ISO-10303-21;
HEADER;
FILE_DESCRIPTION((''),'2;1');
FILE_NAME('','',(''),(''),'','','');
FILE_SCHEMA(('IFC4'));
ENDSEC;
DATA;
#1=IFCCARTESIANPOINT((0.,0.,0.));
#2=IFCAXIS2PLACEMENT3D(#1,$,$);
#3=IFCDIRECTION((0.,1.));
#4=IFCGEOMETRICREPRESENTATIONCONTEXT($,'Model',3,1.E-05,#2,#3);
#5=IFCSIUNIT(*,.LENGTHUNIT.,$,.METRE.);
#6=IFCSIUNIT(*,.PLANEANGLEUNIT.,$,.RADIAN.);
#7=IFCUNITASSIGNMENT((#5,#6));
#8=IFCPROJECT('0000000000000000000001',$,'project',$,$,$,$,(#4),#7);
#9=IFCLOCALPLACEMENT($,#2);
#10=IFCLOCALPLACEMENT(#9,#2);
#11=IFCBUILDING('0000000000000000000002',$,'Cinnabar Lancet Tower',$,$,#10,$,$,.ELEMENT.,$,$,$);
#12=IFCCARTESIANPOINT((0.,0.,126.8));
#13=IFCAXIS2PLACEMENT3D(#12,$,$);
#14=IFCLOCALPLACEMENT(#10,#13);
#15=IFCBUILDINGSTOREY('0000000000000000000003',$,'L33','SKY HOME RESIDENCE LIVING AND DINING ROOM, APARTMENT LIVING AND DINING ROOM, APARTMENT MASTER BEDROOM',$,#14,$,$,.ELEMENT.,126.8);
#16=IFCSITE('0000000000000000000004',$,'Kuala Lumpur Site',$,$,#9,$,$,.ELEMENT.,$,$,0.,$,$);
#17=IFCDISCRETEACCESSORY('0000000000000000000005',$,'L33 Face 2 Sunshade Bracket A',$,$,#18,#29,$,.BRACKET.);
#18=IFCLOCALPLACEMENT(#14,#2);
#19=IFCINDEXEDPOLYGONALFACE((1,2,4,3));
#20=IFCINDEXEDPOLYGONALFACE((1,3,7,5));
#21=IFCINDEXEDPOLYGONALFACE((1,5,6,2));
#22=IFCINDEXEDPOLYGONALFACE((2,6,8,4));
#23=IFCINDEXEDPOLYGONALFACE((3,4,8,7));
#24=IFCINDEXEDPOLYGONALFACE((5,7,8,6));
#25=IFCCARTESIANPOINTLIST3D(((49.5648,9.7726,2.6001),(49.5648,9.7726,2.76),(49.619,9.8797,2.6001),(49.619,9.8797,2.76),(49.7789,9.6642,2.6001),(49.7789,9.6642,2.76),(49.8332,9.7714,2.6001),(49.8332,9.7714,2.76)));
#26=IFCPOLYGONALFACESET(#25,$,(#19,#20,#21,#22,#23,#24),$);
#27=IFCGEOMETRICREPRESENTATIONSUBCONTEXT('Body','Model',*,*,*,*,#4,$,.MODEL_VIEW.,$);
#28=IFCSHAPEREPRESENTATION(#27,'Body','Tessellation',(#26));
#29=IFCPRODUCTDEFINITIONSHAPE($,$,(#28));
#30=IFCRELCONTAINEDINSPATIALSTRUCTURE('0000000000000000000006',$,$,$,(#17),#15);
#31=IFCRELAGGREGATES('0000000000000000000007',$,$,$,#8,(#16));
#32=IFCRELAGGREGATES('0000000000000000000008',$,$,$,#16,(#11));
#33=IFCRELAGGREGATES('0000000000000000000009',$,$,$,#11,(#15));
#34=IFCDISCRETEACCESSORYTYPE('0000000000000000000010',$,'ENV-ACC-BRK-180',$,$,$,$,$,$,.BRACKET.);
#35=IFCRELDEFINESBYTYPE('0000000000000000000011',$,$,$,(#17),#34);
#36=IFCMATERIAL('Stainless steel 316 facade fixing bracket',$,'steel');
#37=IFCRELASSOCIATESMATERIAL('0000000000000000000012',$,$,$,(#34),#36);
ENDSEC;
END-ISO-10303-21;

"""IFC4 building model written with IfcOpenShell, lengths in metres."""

from ifc_helpers import new_model, si_unit, direction, frame, origin, origin_2d, place, context, subcontext, project, spatial, rectangle, extrude, material, type_object, element, save


model = new_model("IFC4")

# Units and contexts
model_context = context("Model", 3, precision=1e-05, world=origin(), true_north=direction((0.0, 1.0)))
body_context = subcontext(model_context, "Body", "Model", "MODEL_VIEW")
ifc_project = project(units=[si_unit("LENGTHUNIT", "METRE"), si_unit("PLANEANGLEUNIT", "RADIAN")], contexts=[model_context])

# Site, building, storey
site_placement = place(None, origin())
site = spatial("IfcSite", under=ifc_project, at=site_placement, Name="Kuala Lumpur Site", CompositionType="ELEMENT", RefElevation=0.0)
building_placement = place(site_placement, origin())
building = spatial("IfcBuilding", under=site, at=building_placement, Name="Cinnabar Lancet Tower", CompositionType="ELEMENT")
storey_placement = place(building_placement, frame((0.0, 0.0, 126.8)))
storey = spatial("IfcBuildingStorey", under=building, at=storey_placement, Name="L33", Description="SKY HOME RESIDENCE LIVING AND DINING ROOM, APARTMENT LIVING AND DINING ROOM, APARTMENT MASTER BEDROOM", CompositionType="ELEMENT", Elevation=126.8)

# Discrete accessory
ifc_material_1 = material(Name="Stainless steel 316 facade fixing bracket", Category="steel")
discrete_accessory_type = type_object("IfcDiscreteAccessoryType", Name="ENV-ACC-BRK-180", PredefinedType="BRACKET", material=ifc_material_1)
discrete_accessory_placement = place(storey_placement, frame((49.699, 9.772, 2.6001), z_axis=(0.0, 0.0, 1.0), x_axis=(0.451454, 0.892294, 0.0)))
element("IfcDiscreteAccessory", 1, at=discrete_accessory_placement, inside=storey, type_object=discrete_accessory_type, Name="L33 Face 2 Sunshade Bracket A", PredefinedType="BRACKET", context=body_context, shape_type="SweptSolid", body=[
    extrude(rectangle(XDim=0.1201, YDim=0.24, at=origin_2d()), origin(), (0.0, 0.0, 1.0), 0.1599),
])

save(model, "model.ifc")
